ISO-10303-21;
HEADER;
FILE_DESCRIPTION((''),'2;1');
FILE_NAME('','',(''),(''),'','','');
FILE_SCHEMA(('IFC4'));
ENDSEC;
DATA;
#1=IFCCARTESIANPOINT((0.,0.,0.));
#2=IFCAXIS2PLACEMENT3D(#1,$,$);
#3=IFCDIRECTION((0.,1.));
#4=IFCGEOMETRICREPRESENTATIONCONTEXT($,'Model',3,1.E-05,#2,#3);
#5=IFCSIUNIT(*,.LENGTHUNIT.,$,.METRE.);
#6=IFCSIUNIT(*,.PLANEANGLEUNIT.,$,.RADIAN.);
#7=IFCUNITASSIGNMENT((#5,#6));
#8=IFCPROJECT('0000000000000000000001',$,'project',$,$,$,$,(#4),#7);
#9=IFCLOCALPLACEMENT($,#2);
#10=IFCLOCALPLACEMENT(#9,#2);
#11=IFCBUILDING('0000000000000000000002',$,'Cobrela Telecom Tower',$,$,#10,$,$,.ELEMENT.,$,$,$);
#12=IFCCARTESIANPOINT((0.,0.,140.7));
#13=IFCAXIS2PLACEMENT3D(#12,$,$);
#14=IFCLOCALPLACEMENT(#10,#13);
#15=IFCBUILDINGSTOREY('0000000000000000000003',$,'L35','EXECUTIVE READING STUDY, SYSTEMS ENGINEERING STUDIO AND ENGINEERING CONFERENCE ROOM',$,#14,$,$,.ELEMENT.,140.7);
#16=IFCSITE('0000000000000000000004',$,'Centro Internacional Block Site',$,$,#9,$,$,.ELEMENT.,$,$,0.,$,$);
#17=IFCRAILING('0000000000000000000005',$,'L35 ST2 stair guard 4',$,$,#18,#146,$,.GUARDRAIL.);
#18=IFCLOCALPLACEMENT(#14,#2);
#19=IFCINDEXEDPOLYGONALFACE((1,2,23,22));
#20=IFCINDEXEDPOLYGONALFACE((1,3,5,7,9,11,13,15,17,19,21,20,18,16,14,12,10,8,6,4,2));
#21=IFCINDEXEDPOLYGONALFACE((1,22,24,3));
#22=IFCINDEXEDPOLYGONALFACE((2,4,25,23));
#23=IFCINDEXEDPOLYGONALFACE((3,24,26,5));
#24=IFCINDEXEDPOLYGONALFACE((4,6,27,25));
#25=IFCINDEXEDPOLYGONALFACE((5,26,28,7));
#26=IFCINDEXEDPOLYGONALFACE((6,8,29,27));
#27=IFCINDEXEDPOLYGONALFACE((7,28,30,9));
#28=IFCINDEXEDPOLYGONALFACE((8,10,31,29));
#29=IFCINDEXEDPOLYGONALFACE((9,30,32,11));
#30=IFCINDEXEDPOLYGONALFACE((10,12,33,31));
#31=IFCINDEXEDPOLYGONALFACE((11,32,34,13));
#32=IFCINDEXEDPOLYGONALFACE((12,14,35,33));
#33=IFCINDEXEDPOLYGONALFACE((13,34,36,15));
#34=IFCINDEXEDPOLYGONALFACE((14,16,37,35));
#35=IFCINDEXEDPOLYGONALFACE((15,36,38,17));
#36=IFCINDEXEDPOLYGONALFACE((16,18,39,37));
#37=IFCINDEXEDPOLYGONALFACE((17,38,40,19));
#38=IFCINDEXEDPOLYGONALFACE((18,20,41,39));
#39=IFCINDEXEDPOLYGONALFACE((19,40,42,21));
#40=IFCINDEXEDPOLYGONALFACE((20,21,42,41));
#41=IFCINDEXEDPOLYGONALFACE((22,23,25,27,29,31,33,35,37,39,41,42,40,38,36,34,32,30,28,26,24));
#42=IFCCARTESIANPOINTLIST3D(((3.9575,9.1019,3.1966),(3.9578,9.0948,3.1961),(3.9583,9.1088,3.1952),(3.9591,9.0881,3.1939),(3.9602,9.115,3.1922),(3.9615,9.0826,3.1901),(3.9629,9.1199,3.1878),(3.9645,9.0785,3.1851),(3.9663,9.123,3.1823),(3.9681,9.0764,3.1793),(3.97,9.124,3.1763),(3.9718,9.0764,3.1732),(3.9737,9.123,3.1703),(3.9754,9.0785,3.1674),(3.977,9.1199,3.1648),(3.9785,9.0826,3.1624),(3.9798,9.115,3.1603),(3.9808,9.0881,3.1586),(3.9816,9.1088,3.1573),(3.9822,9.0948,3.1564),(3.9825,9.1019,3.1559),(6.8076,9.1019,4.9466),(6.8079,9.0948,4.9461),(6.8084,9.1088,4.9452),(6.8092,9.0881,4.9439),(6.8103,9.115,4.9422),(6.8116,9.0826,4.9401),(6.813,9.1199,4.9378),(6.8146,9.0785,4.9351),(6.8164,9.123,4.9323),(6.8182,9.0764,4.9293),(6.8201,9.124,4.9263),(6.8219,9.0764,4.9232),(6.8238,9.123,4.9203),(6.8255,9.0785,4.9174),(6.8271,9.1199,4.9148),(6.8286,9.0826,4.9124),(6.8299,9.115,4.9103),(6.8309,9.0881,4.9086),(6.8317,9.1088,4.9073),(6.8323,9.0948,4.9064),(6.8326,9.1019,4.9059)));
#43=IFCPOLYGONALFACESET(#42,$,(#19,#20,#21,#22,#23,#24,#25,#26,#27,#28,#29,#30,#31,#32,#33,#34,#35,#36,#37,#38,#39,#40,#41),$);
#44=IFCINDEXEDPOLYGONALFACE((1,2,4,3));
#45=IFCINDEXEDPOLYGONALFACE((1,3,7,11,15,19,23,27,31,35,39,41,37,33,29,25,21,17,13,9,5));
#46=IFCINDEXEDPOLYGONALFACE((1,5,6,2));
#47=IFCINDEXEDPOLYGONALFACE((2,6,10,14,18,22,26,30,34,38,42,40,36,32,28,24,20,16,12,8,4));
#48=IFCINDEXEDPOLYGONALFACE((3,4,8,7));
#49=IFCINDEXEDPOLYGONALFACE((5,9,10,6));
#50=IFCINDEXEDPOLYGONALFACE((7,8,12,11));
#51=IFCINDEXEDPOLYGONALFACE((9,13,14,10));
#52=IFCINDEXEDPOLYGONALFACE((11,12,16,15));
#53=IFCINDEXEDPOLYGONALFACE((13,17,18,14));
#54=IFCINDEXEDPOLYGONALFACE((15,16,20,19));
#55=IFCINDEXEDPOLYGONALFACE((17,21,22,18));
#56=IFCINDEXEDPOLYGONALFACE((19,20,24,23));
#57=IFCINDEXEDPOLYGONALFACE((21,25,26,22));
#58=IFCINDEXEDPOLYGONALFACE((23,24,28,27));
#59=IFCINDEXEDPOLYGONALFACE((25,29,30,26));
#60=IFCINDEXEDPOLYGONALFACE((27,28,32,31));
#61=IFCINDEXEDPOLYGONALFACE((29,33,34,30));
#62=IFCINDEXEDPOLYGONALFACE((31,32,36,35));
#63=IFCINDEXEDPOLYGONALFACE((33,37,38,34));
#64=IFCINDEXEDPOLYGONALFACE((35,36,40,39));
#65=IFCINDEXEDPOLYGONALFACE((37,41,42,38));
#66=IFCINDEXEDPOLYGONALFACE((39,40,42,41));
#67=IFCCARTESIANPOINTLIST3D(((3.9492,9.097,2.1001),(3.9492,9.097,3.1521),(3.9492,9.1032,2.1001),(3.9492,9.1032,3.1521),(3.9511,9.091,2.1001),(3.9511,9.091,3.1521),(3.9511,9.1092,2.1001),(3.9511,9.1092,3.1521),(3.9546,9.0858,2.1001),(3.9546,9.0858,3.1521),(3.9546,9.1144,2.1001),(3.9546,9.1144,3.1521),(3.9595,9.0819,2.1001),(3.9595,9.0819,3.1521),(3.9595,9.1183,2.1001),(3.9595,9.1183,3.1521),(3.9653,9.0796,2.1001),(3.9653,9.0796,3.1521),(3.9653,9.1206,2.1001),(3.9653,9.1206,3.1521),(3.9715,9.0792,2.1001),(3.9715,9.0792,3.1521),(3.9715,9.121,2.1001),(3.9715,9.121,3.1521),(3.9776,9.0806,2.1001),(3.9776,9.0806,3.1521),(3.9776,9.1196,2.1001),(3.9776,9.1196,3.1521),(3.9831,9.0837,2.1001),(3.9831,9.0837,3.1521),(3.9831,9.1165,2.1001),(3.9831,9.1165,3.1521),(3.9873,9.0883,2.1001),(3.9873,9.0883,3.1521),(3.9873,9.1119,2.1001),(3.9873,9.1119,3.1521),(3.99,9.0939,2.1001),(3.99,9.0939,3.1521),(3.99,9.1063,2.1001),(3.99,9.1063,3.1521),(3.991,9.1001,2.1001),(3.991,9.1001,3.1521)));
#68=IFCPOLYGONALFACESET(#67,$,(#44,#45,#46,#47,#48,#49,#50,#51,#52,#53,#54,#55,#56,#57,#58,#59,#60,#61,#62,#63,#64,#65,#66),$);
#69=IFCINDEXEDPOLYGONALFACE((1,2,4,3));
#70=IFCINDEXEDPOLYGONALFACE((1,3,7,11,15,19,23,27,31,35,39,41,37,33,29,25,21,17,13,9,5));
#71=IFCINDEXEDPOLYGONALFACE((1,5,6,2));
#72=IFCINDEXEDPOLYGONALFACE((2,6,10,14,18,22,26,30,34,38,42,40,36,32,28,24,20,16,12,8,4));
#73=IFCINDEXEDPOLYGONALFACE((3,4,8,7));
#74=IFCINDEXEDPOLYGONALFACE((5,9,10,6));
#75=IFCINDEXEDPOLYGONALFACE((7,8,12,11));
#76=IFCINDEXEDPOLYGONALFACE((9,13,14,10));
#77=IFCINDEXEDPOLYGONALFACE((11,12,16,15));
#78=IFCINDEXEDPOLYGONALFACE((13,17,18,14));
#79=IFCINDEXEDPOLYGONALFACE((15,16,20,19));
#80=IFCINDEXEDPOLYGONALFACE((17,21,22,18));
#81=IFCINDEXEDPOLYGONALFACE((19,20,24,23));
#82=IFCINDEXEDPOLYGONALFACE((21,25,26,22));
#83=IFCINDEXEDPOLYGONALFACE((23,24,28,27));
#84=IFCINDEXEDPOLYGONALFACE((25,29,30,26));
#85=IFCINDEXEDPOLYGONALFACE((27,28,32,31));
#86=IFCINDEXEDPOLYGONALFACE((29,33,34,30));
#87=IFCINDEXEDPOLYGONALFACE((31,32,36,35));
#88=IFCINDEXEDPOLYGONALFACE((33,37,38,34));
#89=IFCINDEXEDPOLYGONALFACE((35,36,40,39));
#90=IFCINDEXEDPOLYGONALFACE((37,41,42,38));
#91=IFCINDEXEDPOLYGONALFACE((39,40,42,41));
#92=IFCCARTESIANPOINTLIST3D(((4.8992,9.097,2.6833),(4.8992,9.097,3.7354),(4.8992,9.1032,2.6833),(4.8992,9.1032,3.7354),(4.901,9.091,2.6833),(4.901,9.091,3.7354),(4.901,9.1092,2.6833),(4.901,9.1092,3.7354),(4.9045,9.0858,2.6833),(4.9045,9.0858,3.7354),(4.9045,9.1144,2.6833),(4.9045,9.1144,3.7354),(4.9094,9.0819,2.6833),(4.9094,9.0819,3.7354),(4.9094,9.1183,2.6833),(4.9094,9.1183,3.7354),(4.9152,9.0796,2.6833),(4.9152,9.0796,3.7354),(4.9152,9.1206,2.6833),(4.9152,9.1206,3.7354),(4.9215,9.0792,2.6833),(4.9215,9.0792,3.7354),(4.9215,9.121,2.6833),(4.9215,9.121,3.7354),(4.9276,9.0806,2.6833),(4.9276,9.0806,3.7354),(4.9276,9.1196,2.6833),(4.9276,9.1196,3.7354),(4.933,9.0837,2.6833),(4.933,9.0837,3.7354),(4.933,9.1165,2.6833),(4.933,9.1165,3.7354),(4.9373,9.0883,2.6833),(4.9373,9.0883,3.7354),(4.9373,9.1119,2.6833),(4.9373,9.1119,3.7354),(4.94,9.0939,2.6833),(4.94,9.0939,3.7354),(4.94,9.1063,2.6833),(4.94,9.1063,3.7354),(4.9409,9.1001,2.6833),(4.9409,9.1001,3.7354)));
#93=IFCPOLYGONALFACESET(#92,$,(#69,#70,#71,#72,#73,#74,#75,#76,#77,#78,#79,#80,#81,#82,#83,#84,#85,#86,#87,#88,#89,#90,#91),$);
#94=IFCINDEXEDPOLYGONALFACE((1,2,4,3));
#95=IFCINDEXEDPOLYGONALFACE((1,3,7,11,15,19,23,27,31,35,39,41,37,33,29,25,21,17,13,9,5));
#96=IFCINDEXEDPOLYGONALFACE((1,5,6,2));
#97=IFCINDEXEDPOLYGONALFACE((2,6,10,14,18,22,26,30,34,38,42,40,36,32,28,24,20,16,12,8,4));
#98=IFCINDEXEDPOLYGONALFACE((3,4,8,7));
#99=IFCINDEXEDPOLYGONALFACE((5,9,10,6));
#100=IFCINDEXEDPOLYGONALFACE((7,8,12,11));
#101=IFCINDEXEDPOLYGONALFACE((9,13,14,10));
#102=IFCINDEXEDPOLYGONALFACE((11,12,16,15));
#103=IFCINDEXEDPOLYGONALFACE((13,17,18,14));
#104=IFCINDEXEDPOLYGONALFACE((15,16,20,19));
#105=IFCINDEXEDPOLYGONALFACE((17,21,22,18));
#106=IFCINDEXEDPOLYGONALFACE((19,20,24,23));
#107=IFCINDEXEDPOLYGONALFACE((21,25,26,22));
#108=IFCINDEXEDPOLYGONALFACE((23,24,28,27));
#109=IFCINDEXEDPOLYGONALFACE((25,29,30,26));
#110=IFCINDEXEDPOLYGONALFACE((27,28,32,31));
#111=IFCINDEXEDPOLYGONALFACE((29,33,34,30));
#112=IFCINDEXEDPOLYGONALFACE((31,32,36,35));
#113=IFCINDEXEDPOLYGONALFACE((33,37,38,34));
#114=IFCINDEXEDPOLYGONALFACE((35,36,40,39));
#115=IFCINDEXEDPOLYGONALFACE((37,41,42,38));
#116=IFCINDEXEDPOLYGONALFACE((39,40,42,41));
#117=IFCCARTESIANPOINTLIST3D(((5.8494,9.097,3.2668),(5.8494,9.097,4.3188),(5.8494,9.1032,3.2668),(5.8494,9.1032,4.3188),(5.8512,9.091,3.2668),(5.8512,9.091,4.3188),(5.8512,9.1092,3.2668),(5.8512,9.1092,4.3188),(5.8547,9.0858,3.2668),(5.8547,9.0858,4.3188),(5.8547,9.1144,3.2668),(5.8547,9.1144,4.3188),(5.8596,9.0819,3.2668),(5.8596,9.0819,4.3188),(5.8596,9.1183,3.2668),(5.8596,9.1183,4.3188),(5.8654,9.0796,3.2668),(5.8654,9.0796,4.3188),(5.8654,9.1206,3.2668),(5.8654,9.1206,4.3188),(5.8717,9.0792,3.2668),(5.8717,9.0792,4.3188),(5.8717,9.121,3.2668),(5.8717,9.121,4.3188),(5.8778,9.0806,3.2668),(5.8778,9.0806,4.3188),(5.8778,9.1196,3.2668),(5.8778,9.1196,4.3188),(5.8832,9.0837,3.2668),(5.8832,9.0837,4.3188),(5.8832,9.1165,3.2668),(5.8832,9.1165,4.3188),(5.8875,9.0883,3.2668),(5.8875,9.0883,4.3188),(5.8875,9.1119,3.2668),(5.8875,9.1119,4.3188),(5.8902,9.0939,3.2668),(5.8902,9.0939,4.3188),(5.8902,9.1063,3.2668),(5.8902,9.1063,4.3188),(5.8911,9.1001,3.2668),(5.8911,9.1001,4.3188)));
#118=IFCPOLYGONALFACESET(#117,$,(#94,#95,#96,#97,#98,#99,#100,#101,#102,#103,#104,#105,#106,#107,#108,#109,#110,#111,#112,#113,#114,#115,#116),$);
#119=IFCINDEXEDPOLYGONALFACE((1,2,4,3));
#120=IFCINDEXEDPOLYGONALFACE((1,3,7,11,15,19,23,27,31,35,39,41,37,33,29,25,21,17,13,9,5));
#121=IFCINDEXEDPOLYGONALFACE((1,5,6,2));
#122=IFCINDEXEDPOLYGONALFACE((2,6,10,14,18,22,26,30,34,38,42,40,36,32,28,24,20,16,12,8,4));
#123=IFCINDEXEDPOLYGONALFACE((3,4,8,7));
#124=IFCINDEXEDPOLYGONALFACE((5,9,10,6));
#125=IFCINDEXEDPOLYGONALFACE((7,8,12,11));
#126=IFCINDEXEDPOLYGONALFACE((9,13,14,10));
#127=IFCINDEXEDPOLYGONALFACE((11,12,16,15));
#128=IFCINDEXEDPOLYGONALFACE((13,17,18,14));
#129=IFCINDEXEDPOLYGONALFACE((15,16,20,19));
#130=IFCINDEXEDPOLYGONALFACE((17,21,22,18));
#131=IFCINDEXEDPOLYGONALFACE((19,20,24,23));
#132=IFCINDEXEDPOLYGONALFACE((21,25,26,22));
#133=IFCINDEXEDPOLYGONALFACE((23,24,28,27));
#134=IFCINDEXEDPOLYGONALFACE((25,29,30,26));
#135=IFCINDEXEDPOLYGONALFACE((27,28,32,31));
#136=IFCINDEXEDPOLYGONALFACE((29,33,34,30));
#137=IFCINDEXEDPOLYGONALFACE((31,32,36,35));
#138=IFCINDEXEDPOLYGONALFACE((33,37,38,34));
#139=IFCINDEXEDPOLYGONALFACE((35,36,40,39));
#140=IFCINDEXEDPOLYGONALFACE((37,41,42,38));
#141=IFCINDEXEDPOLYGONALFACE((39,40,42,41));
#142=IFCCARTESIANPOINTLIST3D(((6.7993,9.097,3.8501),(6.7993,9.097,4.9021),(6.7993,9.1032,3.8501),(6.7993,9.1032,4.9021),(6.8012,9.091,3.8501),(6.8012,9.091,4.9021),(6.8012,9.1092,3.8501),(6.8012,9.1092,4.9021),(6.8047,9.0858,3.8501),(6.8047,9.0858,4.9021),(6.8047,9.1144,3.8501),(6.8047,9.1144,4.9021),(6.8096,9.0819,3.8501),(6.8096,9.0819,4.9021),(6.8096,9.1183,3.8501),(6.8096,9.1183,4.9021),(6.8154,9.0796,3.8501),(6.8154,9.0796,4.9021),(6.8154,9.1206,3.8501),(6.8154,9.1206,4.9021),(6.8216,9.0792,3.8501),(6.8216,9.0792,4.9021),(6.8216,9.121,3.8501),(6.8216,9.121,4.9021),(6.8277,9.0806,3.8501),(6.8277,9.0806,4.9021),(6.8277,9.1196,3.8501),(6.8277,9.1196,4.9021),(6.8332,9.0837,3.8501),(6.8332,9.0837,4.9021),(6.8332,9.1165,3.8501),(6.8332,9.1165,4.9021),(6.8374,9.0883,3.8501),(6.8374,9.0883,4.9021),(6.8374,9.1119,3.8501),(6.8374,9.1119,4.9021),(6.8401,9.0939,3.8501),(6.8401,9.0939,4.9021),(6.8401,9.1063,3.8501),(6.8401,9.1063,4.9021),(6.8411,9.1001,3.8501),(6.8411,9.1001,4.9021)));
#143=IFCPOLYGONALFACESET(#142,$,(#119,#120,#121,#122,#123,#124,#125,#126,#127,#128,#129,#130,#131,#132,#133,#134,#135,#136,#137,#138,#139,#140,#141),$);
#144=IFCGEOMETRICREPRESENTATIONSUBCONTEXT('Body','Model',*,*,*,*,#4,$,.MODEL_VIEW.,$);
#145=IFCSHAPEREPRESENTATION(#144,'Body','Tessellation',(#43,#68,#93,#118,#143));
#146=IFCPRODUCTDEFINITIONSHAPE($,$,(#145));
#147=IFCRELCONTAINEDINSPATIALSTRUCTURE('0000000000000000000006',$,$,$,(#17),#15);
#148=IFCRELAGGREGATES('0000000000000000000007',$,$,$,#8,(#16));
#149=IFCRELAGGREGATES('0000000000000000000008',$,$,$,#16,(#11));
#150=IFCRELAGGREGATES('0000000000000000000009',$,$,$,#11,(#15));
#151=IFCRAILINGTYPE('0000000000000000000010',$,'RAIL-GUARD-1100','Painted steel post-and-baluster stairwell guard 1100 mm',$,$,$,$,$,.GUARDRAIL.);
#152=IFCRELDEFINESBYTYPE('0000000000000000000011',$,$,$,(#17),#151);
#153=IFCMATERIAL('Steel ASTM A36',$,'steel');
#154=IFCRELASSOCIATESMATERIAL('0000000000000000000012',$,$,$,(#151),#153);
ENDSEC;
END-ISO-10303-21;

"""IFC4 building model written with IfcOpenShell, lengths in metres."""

from ifc_helpers import new_model, si_unit, direction, frame, origin, origin_2d, place, context, subcontext, project, spatial, circle, extrude, material, type_object, element, save


model = new_model("IFC4")

# Units and contexts
model_context = context("Model", 3, precision=1e-05, world=origin(), true_north=direction((0.0, 1.0)))
body_context = subcontext(model_context, "Body", "Model", "MODEL_VIEW")
ifc_project = project(units=[si_unit("LENGTHUNIT", "METRE"), si_unit("PLANEANGLEUNIT", "RADIAN")], contexts=[model_context])

# Site, building, storey
site_placement = place(None, origin())
site = spatial("IfcSite", under=ifc_project, at=site_placement, Name="Centro Internacional Block Site", CompositionType="ELEMENT", RefElevation=0.0)
building_placement = place(site_placement, origin())
building = spatial("IfcBuilding", under=site, at=building_placement, Name="Cobrela Telecom Tower", CompositionType="ELEMENT")
storey_placement = place(building_placement, frame((0.0, 0.0, 140.7)))
storey = spatial("IfcBuildingStorey", under=building, at=storey_placement, Name="L35", Description="EXECUTIVE READING STUDY, SYSTEMS ENGINEERING STUDIO AND ENGINEERING CONFERENCE ROOM", CompositionType="ELEMENT", Elevation=140.7)

# Shared definitions
ifc_material_1 = material(Name="Steel ASTM A36", Category="steel")

# Railing
railing_type_1 = type_object("IfcRailingType", Name="RAIL-GUARD-1100", Description="Painted steel post-and-baluster stairwell guard 1100 mm", PredefinedType="GUARDRAIL", material=ifc_material_1)
railing_1_placement = place(storey_placement, frame((3.97, 9.1001, 2.1001)))
element("IfcRailing", 1, at=railing_1_placement, inside=storey, type_object=railing_type_1, Name="L35 ST2 stair guard 4", PredefinedType="GUARDRAIL", context=body_context, shape_type="SweptSolid", body=[
    extrude(circle(Radius=0.0239, at=origin_2d()), frame((0.0, 0.0, 1.0762), z_axis=(0.852179, 0.0, 0.52325), x_axis=(0.0, 1.0, 0.0)), (0.0, 0.0, 1.0), 3.3445),
    extrude(circle(Radius=0.021, at=origin_2d()), origin(), (0.0, 0.0, 1.0), 1.052),
    extrude(circle(Radius=0.021, at=origin_2d()), frame((0.95, 0.0, 0.5833)), (0.0, 0.0, 1.0), 1.052),
    extrude(circle(Radius=0.021, at=origin_2d()), frame((1.9001, 0.0, 1.1667)), (0.0, 0.0, 1.0), 1.052),
    extrude(circle(Radius=0.021, at=origin_2d()), frame((2.8501, 0.0, 1.75)), (0.0, 0.0, 1.0), 1.052),
])

save(model, "model.ifc")
